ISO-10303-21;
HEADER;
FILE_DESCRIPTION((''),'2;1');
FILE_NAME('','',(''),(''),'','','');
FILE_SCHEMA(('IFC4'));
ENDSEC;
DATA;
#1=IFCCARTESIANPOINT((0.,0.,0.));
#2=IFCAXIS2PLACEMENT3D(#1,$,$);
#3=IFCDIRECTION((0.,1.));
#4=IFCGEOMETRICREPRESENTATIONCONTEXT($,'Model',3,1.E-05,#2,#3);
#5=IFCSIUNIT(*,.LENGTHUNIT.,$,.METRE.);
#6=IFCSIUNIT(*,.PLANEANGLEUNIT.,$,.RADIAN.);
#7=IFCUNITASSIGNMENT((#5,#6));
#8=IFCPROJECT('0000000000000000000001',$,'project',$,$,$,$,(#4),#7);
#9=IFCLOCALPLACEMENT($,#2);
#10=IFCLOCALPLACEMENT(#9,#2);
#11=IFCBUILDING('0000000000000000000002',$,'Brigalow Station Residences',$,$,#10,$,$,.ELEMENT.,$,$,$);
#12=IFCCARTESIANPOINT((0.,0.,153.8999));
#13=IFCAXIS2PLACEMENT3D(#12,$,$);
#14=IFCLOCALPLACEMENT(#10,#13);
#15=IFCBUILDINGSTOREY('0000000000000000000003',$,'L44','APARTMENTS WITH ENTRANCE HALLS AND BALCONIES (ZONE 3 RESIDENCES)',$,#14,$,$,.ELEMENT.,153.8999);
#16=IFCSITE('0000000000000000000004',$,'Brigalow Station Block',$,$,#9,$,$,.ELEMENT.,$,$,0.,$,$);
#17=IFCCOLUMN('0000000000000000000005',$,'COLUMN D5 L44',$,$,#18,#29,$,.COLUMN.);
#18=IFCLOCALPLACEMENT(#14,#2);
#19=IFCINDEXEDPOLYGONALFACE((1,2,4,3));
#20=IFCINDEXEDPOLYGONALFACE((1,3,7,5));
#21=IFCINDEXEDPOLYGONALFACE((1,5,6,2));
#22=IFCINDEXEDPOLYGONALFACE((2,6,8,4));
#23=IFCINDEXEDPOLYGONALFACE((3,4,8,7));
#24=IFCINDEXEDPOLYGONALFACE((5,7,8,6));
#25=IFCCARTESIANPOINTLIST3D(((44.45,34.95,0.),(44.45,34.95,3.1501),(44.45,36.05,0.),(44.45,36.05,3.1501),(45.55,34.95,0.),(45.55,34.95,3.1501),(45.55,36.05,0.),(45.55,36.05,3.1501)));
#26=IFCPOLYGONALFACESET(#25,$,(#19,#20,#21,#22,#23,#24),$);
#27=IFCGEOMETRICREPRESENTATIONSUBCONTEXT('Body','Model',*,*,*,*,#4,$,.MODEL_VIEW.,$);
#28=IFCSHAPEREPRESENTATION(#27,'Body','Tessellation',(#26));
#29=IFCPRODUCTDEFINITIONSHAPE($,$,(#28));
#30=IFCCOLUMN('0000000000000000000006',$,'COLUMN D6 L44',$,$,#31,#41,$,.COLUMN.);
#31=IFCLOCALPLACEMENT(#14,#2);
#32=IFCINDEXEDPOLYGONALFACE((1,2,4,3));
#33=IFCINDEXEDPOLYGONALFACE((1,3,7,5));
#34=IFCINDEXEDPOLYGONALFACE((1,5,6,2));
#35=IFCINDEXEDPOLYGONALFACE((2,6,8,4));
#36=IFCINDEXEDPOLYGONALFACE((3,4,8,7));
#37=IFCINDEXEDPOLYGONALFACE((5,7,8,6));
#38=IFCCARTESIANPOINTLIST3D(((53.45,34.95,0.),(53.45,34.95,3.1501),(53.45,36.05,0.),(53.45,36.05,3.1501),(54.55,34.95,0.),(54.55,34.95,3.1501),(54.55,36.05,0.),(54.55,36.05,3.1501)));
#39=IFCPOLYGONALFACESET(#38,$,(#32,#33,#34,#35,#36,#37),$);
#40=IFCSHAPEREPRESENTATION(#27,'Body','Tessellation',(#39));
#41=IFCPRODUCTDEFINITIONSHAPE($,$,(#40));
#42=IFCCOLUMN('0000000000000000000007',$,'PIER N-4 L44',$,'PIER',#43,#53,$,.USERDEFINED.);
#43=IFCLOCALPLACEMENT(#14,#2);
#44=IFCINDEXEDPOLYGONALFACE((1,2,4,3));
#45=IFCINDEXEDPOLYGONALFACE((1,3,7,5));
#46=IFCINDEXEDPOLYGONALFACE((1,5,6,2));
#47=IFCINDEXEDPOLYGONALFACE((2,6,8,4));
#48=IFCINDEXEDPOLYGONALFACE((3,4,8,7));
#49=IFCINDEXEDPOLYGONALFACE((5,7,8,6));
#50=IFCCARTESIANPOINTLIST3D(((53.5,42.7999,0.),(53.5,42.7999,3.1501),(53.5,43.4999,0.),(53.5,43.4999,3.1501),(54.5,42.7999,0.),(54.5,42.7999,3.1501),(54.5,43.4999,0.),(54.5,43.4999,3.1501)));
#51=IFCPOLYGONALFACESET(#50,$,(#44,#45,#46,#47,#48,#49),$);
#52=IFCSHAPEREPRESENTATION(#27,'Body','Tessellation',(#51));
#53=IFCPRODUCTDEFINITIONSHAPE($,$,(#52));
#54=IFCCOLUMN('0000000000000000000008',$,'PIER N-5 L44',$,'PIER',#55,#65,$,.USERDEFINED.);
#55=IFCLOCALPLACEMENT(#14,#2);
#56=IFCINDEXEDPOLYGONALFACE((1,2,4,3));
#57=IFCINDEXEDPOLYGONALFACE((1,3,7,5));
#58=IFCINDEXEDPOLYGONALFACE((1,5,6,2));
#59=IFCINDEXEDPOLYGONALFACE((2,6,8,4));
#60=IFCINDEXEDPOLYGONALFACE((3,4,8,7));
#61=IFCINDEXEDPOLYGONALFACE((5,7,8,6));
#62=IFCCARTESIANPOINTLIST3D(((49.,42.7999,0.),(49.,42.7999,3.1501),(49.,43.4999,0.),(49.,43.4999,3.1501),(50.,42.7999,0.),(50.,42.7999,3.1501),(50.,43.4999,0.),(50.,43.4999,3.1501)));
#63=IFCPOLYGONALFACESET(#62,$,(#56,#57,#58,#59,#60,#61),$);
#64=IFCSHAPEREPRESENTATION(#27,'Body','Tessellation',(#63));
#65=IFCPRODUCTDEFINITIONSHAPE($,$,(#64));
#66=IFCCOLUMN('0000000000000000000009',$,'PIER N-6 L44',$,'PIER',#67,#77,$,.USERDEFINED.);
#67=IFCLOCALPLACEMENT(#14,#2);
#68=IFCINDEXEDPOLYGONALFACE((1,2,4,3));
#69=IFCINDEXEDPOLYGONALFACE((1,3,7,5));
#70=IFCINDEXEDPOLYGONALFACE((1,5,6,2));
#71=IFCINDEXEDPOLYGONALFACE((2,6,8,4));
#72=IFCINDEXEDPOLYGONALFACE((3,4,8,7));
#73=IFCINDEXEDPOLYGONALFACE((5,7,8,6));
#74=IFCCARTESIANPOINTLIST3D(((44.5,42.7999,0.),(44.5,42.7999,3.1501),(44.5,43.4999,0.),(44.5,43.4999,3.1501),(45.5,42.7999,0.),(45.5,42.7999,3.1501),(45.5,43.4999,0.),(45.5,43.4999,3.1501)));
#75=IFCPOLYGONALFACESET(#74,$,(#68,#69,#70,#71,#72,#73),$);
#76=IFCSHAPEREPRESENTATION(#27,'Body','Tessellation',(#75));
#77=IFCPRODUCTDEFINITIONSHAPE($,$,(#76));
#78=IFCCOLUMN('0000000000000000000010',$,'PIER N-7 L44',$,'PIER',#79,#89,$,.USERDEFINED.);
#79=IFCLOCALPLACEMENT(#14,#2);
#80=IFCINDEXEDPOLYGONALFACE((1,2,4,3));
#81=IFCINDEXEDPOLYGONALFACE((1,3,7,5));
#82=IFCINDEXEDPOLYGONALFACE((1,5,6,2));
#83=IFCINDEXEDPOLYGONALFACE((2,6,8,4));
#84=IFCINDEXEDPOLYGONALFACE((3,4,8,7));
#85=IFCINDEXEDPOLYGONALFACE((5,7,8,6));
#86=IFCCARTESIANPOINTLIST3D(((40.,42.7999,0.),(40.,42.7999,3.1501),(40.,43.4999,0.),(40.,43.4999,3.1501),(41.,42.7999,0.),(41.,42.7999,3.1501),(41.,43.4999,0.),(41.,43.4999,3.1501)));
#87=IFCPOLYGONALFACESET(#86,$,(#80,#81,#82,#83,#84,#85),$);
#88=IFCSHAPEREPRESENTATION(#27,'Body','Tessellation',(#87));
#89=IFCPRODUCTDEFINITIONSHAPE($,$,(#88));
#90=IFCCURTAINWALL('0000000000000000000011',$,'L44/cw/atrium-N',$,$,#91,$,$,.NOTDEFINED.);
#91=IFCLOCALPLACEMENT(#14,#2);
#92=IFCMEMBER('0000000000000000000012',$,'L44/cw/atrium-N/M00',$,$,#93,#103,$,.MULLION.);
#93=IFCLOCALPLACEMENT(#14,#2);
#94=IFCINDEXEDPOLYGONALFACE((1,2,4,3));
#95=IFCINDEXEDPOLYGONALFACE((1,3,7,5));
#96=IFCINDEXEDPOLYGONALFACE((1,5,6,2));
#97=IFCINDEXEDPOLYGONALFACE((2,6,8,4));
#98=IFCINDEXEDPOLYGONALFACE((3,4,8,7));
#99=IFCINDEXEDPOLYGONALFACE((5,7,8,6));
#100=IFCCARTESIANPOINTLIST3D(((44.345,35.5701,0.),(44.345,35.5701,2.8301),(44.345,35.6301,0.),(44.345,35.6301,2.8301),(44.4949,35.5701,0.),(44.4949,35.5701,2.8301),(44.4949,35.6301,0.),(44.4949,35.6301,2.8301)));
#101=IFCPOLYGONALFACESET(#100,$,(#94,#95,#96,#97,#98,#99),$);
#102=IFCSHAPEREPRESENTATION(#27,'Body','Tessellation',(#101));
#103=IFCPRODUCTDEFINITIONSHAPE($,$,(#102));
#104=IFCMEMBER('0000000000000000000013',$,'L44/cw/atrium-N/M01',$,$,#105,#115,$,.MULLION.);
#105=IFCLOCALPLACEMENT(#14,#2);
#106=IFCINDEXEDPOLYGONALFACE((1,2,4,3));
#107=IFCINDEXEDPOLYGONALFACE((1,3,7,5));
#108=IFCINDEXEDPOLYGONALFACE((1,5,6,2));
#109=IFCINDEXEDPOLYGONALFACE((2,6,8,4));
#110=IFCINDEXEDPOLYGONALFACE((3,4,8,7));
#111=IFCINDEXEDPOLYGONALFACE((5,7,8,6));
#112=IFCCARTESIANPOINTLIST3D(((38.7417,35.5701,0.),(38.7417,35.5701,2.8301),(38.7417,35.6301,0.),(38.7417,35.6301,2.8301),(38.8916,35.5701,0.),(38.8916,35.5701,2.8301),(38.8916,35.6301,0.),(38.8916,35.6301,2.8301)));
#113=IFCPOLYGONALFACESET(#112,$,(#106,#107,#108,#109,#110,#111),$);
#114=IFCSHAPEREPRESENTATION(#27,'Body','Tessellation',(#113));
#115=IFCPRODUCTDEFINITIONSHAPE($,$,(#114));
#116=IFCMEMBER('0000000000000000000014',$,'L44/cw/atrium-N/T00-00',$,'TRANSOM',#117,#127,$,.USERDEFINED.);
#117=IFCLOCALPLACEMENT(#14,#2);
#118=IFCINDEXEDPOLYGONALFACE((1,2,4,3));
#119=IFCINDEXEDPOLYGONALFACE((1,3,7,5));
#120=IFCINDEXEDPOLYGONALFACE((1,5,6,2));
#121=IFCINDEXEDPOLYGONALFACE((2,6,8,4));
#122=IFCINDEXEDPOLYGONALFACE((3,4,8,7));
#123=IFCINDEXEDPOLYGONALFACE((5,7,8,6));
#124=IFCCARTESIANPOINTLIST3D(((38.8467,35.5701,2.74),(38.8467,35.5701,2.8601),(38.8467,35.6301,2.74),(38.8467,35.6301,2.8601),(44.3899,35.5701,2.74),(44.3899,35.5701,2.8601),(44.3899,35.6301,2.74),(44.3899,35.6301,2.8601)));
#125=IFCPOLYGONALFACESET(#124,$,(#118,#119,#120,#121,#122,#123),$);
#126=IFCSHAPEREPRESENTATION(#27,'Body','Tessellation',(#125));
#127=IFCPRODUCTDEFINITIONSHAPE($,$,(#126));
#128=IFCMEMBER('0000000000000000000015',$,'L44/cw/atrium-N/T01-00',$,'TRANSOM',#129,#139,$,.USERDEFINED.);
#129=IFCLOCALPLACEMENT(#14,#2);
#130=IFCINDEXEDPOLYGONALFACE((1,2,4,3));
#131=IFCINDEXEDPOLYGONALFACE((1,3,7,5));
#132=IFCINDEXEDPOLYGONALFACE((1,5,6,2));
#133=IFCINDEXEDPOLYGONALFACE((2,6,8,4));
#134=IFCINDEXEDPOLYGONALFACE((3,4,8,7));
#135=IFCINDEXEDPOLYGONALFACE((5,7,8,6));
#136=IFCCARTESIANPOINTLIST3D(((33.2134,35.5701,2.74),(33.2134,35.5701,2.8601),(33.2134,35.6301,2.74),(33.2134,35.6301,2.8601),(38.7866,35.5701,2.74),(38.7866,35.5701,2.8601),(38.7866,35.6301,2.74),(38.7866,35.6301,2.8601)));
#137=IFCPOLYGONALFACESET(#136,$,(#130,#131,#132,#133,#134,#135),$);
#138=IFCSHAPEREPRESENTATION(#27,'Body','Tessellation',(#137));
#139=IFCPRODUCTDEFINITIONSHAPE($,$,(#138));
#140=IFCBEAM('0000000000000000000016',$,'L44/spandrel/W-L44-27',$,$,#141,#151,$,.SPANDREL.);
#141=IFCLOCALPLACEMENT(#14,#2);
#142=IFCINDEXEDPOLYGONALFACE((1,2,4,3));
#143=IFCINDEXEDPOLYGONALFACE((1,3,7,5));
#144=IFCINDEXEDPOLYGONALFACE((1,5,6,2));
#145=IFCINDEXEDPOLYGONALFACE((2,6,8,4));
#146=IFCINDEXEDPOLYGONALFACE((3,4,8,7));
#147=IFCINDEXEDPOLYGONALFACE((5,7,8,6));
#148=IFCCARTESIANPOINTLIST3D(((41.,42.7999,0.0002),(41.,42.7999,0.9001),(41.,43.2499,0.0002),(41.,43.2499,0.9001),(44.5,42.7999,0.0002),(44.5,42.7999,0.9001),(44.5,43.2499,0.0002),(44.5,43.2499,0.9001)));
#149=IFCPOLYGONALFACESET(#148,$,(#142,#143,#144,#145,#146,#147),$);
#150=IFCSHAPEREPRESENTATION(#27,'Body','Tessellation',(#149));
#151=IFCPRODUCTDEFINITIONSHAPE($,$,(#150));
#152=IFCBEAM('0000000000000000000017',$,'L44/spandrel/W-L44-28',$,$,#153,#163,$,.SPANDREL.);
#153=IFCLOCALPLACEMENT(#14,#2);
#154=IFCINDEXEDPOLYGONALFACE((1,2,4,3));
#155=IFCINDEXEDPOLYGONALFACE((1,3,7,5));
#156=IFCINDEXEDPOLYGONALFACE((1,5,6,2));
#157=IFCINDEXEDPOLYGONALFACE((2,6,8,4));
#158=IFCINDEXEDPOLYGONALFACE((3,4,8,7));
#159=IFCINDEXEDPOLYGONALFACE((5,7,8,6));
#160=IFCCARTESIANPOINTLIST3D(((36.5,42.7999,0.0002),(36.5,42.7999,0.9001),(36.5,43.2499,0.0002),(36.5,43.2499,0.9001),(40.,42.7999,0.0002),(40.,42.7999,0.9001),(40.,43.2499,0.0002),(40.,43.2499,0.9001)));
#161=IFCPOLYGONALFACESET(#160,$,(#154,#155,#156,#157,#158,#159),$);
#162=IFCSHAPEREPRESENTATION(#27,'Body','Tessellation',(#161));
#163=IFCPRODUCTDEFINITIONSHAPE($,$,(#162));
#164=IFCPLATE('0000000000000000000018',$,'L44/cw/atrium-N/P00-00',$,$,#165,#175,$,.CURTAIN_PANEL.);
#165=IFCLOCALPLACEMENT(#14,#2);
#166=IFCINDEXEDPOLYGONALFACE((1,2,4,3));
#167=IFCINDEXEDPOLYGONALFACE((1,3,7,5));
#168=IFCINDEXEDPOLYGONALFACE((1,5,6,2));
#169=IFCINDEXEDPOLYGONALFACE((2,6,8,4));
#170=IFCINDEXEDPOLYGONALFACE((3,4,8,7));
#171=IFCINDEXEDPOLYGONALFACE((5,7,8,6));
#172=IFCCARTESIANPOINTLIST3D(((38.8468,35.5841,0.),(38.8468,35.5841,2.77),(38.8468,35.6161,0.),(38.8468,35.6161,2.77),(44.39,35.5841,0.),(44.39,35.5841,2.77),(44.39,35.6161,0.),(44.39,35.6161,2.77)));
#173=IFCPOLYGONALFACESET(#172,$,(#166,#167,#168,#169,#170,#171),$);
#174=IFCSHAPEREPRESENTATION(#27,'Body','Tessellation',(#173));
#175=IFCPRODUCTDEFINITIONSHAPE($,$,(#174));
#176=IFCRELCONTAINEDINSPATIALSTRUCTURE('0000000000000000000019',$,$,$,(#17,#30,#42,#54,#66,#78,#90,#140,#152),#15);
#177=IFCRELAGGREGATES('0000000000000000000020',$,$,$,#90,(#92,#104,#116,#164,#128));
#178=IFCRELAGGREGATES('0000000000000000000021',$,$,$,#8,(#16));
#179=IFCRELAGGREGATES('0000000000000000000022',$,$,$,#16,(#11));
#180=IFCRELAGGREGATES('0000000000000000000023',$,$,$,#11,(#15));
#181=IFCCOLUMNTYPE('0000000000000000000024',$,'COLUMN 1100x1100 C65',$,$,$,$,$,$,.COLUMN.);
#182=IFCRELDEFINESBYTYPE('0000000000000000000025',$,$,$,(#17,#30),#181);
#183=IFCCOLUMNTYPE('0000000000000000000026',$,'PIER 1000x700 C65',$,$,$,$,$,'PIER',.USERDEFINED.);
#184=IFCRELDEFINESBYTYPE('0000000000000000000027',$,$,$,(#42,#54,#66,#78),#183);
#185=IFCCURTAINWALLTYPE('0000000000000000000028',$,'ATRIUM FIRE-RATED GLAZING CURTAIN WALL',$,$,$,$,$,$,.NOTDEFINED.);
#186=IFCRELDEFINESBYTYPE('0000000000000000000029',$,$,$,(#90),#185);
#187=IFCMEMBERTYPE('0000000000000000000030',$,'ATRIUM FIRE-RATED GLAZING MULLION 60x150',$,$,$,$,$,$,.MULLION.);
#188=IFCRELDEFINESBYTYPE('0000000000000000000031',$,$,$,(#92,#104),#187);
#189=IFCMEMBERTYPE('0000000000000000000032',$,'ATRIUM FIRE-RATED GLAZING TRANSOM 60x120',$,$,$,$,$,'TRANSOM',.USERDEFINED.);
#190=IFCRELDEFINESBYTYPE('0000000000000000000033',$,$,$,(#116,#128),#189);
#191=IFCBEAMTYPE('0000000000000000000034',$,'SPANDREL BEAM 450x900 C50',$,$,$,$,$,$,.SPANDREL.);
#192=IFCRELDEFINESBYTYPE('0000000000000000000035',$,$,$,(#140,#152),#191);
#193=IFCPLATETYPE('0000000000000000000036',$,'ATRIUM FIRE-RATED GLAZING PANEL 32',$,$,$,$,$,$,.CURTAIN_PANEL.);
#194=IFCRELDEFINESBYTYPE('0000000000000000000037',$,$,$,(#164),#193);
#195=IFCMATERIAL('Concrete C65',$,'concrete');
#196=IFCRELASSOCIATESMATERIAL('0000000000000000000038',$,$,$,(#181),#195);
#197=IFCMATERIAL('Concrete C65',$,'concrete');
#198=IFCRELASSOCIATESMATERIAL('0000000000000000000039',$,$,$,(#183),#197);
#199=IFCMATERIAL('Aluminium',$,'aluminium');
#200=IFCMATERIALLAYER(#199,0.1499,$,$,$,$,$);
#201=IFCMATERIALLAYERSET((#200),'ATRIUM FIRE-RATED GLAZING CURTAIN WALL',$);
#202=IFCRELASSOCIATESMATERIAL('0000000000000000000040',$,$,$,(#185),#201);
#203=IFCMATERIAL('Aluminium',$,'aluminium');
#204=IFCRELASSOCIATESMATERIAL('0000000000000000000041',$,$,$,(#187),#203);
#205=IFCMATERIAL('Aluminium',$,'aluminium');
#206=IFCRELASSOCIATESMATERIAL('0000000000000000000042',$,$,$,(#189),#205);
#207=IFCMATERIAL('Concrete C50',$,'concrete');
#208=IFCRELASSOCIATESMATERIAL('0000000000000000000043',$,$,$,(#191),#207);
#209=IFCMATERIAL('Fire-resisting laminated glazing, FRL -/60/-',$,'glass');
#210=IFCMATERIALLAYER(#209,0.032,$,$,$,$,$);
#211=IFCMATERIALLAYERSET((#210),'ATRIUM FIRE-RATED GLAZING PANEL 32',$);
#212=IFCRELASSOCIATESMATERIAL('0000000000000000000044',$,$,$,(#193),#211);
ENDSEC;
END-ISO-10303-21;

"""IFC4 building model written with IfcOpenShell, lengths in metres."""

from ifc_helpers import new_model, si_unit, direction, frame, origin, origin_2d, place, context, subcontext, project, spatial, rectangle, extrude, material, layer, layer_set, material_profile, profile_set, type_object, element, aggregate, save


model = new_model("IFC4")

# Units and contexts
model_context = context("Model", 3, precision=1e-05, world=origin(), true_north=direction((0.0, 1.0)))
body_context = subcontext(model_context, "Body", "Model", "MODEL_VIEW")
ifc_project = project(units=[si_unit("LENGTHUNIT", "METRE"), si_unit("PLANEANGLEUNIT", "RADIAN")], contexts=[model_context])

# Site, building, storey
site_placement = place(None, origin())
site = spatial("IfcSite", under=ifc_project, at=site_placement, Name="Brigalow Station Block", CompositionType="ELEMENT", RefElevation=0.0)
building_placement = place(site_placement, origin())
building = spatial("IfcBuilding", under=site, at=building_placement, Name="Brigalow Station Residences", CompositionType="ELEMENT")
storey_placement = place(building_placement, frame((0.0, 0.0, 153.8999)))
storey = spatial("IfcBuildingStorey", under=building, at=storey_placement, Name="L44", Description="APARTMENTS WITH ENTRANCE HALLS AND BALCONIES (ZONE 3 RESIDENCES)", CompositionType="ELEMENT", Elevation=153.8999)

# Columns
ifc_material_1 = material(Name="Concrete C65", Category="concrete")
ifc_material_profile_1 = material_profile(ifc_material_1, rectangle(XDim=1.1001, YDim=1.1001, at=origin_2d()), Name="RC1100x1100")
ifc_profile_set_1 = profile_set([ifc_material_profile_1], Name="Concrete C65")
column_type_1 = type_object("IfcColumnType", Name="COLUMN 1100x1100 C65", PredefinedType="COLUMN", material=ifc_profile_set_1)
for number, where, z_axis, x_axis, name in (
    (1, (45.0, 35.5, 0.0), (0.0, 0.0, 1.0), (1.0, 0.0, 0.0), "COLUMN D5 L44"),
    (2, (54.0, 35.5, 0.0), (0.0, 0.0, 1.0), (1.0, 0.0, 0.0), "COLUMN D6 L44"),
):
    element("IfcColumn", number, at=place(storey_placement, frame(where, z_axis=z_axis, x_axis=x_axis)), inside=storey, type_object=column_type_1, Name=name, PredefinedType="COLUMN", context=body_context, shape_type="SweptSolid", body=[
        extrude(rectangle(XDim=1.1001, YDim=1.1001, at=origin_2d()), origin(), (0.0, 0.0, 1.0), 3.1501),
    ])
ifc_material_2 = material(Name="Concrete C65", Category="concrete")
ifc_material_profile_2 = material_profile(ifc_material_2, rectangle(XDim=1.0, YDim=0.7, at=origin_2d()), Name="RC1000x700")
ifc_profile_set_2 = profile_set([ifc_material_profile_2], Name="Concrete C65")
column_type_2 = type_object("IfcColumnType", Name="PIER 1000x700 C65", ElementType="PIER", PredefinedType="USERDEFINED", material=ifc_profile_set_2)
for number, where, z_axis, x_axis, name in (
    (3, (54.0, 43.1499, 0.0), (0.0, 0.0, 1.0), (-1.0, 0.0, 0.0), "PIER N-4 L44"),
    (4, (49.5, 43.1499, 0.0), (0.0, 0.0, 1.0), (-1.0, 0.0, 0.0), "PIER N-5 L44"),
    (5, (45.0, 43.1499, 0.0), (0.0, 0.0, 1.0), (-1.0, 0.0, 0.0), "PIER N-6 L44"),
    (6, (40.5, 43.1499, 0.0), (0.0, 0.0, 1.0), (-1.0, 0.0, 0.0), "PIER N-7 L44"),
):
    element("IfcColumn", number, at=place(storey_placement, frame(where, z_axis=z_axis, x_axis=x_axis)), inside=storey, type_object=column_type_2, Name=name, ObjectType="PIER", PredefinedType="USERDEFINED", context=body_context, shape_type="SweptSolid", body=[
        extrude(rectangle(XDim=1.0, YDim=0.7, at=origin_2d()), origin(), (0.0, 0.0, 1.0), 3.1501),
    ])

# Curtain wall, members
ifc_material_3 = material(Name="Aluminium", Category="aluminium")
ifc_layer_1 = layer(ifc_material_3, 0.1499)
ifc_layer_set_1 = layer_set([ifc_layer_1], Name="ATRIUM FIRE-RATED GLAZING CURTAIN WALL")
curtain_wall_type = type_object("IfcCurtainWallType", Name="ATRIUM FIRE-RATED GLAZING CURTAIN WALL", PredefinedType="NOTDEFINED", material=ifc_layer_set_1)
curtain_wall_placement = place(storey_placement, origin())
curtain_wall = element("IfcCurtainWall", 7, at=curtain_wall_placement, inside=storey, type_object=curtain_wall_type, Name="L44/cw/atrium-N", PredefinedType="NOTDEFINED")
ifc_material_4 = material(Name="Aluminium", Category="aluminium")
ifc_material_profile_3 = material_profile(ifc_material_4, rectangle(XDim=0.0601, YDim=0.1499, at=origin_2d()), Name="ATRIUM FIRE-RATED GLAZING MULLION 60x150")
ifc_profile_set_3 = profile_set([ifc_material_profile_3], Name="Aluminium")
member_type_1 = type_object("IfcMemberType", Name="ATRIUM FIRE-RATED GLAZING MULLION 60x150", PredefinedType="MULLION", material=ifc_profile_set_3)
member_1_placement = place(storey_placement, frame((44.4199, 35.6001, 0.0), z_axis=(0.0, 0.0, 1.0), x_axis=(0.0, -1.0, 0.0)))
member_1 = element("IfcMember", 8, at=member_1_placement, type_object=member_type_1, Name="L44/cw/atrium-N/M00", PredefinedType="MULLION", context=body_context, shape_type="SweptSolid", body=[
    extrude(rectangle(XDim=0.0601, YDim=0.1499, at=origin_2d()), origin(), (0.0, 0.0, 1.0), 2.8301),
])
member_2_placement = place(storey_placement, frame((38.8167, 35.6001, 0.0), z_axis=(0.0, 0.0, 1.0), x_axis=(0.0, -1.0, 0.0)))
member_2 = element("IfcMember", 9, at=member_2_placement, type_object=member_type_1, Name="L44/cw/atrium-N/M01", PredefinedType="MULLION", context=body_context, shape_type="SweptSolid", body=[
    extrude(rectangle(XDim=0.0601, YDim=0.1499, at=origin_2d()), origin(), (0.0, 0.0, 1.0), 2.8301),
])
ifc_material_5 = material(Name="Aluminium", Category="aluminium")
ifc_material_profile_4 = material_profile(ifc_material_5, rectangle(XDim=0.0601, YDim=0.1201, at=origin_2d()), Name="ATRIUM FIRE-RATED GLAZING TRANSOM 60x120")
ifc_profile_set_4 = profile_set([ifc_material_profile_4], Name="Aluminium")
member_type_2 = type_object("IfcMemberType", Name="ATRIUM FIRE-RATED GLAZING TRANSOM 60x120", ElementType="TRANSOM", PredefinedType="USERDEFINED", material=ifc_profile_set_4)
member_3_placement = place(storey_placement, frame((44.3899, 35.6001, 2.8), z_axis=(-1.0, 0.0, 0.0), x_axis=(0.0, -1.0, 0.0)))
member_3 = element("IfcMember", 10, at=member_3_placement, type_object=member_type_2, Name="L44/cw/atrium-N/T00-00", ObjectType="TRANSOM", PredefinedType="USERDEFINED", context=body_context, shape_type="SweptSolid", body=[
    extrude(rectangle(XDim=0.0601, YDim=0.1201, at=origin_2d()), origin(), (0.0, 0.0, 1.0), 5.5432),
])
member_4_placement = place(storey_placement, frame((38.7866, 35.6001, 2.8), z_axis=(-1.0, 0.0, 0.0), x_axis=(0.0, -1.0, 0.0)))
member_4 = element("IfcMember", 11, at=member_4_placement, type_object=member_type_2, Name="L44/cw/atrium-N/T01-00", ObjectType="TRANSOM", PredefinedType="USERDEFINED", context=body_context, shape_type="SweptSolid", body=[
    extrude(rectangle(XDim=0.0601, YDim=0.1201, at=origin_2d()), origin(), (0.0, 0.0, 1.0), 5.5732),
])

# Beams
ifc_material_6 = material(Name="Concrete C50", Category="concrete")
ifc_material_profile_5 = material_profile(ifc_material_6, rectangle(XDim=0.45, YDim=0.8999, at=origin_2d()), Name="RC450x900")
ifc_profile_set_5 = profile_set([ifc_material_profile_5], Name="Concrete C50")
beam_type = type_object("IfcBeamType", Name="SPANDREL BEAM 450x900 C50", PredefinedType="SPANDREL", material=ifc_profile_set_5)
for number, where, z_axis, x_axis, name in (
    (12, (44.5, 43.0249, 0.4502), (-1.0, 0.0, 0.0), (0.0, -1.0, 0.0), "L44/spandrel/W-L44-27"),
    (13, (40.0, 43.0249, 0.4502), (-1.0, 0.0, 0.0), (0.0, -1.0, 0.0), "L44/spandrel/W-L44-28"),
):
    element("IfcBeam", number, at=place(storey_placement, frame(where, z_axis=z_axis, x_axis=x_axis)), inside=storey, type_object=beam_type, Name=name, PredefinedType="SPANDREL", context=body_context, shape_type="SweptSolid", body=[
        extrude(rectangle(XDim=0.45, YDim=0.8999, at=origin_2d()), origin(), (0.0, 0.0, 1.0), 3.5),
    ])

# Plate
ifc_material_7 = material(Name="Fire-resisting laminated glazing, FRL -/60/-", Category="glass")
ifc_layer_2 = layer(ifc_material_7, 0.032)
ifc_layer_set_2 = layer_set([ifc_layer_2], Name="ATRIUM FIRE-RATED GLAZING PANEL 32")
plate_type = type_object("IfcPlateType", Name="ATRIUM FIRE-RATED GLAZING PANEL 32", PredefinedType="CURTAIN_PANEL", material=ifc_layer_set_2)
plate_placement = place(storey_placement, frame((41.6184, 35.6001, 0.0), z_axis=(0.0, 0.0, 1.0), x_axis=(-1.0, 0.0, 0.0)))
plate = element("IfcPlate", 14, at=plate_placement, type_object=plate_type, Name="L44/cw/atrium-N/P00-00", PredefinedType="CURTAIN_PANEL", context=body_context, shape_type="SweptSolid", body=[
    extrude(rectangle(XDim=5.5432, YDim=0.032, at=origin_2d()), origin(), (0.0, 0.0, 1.0), 2.77),
])
aggregate(curtain_wall, [member_1, member_2, member_3, plate, member_4])

save(model, "model.ifc")
